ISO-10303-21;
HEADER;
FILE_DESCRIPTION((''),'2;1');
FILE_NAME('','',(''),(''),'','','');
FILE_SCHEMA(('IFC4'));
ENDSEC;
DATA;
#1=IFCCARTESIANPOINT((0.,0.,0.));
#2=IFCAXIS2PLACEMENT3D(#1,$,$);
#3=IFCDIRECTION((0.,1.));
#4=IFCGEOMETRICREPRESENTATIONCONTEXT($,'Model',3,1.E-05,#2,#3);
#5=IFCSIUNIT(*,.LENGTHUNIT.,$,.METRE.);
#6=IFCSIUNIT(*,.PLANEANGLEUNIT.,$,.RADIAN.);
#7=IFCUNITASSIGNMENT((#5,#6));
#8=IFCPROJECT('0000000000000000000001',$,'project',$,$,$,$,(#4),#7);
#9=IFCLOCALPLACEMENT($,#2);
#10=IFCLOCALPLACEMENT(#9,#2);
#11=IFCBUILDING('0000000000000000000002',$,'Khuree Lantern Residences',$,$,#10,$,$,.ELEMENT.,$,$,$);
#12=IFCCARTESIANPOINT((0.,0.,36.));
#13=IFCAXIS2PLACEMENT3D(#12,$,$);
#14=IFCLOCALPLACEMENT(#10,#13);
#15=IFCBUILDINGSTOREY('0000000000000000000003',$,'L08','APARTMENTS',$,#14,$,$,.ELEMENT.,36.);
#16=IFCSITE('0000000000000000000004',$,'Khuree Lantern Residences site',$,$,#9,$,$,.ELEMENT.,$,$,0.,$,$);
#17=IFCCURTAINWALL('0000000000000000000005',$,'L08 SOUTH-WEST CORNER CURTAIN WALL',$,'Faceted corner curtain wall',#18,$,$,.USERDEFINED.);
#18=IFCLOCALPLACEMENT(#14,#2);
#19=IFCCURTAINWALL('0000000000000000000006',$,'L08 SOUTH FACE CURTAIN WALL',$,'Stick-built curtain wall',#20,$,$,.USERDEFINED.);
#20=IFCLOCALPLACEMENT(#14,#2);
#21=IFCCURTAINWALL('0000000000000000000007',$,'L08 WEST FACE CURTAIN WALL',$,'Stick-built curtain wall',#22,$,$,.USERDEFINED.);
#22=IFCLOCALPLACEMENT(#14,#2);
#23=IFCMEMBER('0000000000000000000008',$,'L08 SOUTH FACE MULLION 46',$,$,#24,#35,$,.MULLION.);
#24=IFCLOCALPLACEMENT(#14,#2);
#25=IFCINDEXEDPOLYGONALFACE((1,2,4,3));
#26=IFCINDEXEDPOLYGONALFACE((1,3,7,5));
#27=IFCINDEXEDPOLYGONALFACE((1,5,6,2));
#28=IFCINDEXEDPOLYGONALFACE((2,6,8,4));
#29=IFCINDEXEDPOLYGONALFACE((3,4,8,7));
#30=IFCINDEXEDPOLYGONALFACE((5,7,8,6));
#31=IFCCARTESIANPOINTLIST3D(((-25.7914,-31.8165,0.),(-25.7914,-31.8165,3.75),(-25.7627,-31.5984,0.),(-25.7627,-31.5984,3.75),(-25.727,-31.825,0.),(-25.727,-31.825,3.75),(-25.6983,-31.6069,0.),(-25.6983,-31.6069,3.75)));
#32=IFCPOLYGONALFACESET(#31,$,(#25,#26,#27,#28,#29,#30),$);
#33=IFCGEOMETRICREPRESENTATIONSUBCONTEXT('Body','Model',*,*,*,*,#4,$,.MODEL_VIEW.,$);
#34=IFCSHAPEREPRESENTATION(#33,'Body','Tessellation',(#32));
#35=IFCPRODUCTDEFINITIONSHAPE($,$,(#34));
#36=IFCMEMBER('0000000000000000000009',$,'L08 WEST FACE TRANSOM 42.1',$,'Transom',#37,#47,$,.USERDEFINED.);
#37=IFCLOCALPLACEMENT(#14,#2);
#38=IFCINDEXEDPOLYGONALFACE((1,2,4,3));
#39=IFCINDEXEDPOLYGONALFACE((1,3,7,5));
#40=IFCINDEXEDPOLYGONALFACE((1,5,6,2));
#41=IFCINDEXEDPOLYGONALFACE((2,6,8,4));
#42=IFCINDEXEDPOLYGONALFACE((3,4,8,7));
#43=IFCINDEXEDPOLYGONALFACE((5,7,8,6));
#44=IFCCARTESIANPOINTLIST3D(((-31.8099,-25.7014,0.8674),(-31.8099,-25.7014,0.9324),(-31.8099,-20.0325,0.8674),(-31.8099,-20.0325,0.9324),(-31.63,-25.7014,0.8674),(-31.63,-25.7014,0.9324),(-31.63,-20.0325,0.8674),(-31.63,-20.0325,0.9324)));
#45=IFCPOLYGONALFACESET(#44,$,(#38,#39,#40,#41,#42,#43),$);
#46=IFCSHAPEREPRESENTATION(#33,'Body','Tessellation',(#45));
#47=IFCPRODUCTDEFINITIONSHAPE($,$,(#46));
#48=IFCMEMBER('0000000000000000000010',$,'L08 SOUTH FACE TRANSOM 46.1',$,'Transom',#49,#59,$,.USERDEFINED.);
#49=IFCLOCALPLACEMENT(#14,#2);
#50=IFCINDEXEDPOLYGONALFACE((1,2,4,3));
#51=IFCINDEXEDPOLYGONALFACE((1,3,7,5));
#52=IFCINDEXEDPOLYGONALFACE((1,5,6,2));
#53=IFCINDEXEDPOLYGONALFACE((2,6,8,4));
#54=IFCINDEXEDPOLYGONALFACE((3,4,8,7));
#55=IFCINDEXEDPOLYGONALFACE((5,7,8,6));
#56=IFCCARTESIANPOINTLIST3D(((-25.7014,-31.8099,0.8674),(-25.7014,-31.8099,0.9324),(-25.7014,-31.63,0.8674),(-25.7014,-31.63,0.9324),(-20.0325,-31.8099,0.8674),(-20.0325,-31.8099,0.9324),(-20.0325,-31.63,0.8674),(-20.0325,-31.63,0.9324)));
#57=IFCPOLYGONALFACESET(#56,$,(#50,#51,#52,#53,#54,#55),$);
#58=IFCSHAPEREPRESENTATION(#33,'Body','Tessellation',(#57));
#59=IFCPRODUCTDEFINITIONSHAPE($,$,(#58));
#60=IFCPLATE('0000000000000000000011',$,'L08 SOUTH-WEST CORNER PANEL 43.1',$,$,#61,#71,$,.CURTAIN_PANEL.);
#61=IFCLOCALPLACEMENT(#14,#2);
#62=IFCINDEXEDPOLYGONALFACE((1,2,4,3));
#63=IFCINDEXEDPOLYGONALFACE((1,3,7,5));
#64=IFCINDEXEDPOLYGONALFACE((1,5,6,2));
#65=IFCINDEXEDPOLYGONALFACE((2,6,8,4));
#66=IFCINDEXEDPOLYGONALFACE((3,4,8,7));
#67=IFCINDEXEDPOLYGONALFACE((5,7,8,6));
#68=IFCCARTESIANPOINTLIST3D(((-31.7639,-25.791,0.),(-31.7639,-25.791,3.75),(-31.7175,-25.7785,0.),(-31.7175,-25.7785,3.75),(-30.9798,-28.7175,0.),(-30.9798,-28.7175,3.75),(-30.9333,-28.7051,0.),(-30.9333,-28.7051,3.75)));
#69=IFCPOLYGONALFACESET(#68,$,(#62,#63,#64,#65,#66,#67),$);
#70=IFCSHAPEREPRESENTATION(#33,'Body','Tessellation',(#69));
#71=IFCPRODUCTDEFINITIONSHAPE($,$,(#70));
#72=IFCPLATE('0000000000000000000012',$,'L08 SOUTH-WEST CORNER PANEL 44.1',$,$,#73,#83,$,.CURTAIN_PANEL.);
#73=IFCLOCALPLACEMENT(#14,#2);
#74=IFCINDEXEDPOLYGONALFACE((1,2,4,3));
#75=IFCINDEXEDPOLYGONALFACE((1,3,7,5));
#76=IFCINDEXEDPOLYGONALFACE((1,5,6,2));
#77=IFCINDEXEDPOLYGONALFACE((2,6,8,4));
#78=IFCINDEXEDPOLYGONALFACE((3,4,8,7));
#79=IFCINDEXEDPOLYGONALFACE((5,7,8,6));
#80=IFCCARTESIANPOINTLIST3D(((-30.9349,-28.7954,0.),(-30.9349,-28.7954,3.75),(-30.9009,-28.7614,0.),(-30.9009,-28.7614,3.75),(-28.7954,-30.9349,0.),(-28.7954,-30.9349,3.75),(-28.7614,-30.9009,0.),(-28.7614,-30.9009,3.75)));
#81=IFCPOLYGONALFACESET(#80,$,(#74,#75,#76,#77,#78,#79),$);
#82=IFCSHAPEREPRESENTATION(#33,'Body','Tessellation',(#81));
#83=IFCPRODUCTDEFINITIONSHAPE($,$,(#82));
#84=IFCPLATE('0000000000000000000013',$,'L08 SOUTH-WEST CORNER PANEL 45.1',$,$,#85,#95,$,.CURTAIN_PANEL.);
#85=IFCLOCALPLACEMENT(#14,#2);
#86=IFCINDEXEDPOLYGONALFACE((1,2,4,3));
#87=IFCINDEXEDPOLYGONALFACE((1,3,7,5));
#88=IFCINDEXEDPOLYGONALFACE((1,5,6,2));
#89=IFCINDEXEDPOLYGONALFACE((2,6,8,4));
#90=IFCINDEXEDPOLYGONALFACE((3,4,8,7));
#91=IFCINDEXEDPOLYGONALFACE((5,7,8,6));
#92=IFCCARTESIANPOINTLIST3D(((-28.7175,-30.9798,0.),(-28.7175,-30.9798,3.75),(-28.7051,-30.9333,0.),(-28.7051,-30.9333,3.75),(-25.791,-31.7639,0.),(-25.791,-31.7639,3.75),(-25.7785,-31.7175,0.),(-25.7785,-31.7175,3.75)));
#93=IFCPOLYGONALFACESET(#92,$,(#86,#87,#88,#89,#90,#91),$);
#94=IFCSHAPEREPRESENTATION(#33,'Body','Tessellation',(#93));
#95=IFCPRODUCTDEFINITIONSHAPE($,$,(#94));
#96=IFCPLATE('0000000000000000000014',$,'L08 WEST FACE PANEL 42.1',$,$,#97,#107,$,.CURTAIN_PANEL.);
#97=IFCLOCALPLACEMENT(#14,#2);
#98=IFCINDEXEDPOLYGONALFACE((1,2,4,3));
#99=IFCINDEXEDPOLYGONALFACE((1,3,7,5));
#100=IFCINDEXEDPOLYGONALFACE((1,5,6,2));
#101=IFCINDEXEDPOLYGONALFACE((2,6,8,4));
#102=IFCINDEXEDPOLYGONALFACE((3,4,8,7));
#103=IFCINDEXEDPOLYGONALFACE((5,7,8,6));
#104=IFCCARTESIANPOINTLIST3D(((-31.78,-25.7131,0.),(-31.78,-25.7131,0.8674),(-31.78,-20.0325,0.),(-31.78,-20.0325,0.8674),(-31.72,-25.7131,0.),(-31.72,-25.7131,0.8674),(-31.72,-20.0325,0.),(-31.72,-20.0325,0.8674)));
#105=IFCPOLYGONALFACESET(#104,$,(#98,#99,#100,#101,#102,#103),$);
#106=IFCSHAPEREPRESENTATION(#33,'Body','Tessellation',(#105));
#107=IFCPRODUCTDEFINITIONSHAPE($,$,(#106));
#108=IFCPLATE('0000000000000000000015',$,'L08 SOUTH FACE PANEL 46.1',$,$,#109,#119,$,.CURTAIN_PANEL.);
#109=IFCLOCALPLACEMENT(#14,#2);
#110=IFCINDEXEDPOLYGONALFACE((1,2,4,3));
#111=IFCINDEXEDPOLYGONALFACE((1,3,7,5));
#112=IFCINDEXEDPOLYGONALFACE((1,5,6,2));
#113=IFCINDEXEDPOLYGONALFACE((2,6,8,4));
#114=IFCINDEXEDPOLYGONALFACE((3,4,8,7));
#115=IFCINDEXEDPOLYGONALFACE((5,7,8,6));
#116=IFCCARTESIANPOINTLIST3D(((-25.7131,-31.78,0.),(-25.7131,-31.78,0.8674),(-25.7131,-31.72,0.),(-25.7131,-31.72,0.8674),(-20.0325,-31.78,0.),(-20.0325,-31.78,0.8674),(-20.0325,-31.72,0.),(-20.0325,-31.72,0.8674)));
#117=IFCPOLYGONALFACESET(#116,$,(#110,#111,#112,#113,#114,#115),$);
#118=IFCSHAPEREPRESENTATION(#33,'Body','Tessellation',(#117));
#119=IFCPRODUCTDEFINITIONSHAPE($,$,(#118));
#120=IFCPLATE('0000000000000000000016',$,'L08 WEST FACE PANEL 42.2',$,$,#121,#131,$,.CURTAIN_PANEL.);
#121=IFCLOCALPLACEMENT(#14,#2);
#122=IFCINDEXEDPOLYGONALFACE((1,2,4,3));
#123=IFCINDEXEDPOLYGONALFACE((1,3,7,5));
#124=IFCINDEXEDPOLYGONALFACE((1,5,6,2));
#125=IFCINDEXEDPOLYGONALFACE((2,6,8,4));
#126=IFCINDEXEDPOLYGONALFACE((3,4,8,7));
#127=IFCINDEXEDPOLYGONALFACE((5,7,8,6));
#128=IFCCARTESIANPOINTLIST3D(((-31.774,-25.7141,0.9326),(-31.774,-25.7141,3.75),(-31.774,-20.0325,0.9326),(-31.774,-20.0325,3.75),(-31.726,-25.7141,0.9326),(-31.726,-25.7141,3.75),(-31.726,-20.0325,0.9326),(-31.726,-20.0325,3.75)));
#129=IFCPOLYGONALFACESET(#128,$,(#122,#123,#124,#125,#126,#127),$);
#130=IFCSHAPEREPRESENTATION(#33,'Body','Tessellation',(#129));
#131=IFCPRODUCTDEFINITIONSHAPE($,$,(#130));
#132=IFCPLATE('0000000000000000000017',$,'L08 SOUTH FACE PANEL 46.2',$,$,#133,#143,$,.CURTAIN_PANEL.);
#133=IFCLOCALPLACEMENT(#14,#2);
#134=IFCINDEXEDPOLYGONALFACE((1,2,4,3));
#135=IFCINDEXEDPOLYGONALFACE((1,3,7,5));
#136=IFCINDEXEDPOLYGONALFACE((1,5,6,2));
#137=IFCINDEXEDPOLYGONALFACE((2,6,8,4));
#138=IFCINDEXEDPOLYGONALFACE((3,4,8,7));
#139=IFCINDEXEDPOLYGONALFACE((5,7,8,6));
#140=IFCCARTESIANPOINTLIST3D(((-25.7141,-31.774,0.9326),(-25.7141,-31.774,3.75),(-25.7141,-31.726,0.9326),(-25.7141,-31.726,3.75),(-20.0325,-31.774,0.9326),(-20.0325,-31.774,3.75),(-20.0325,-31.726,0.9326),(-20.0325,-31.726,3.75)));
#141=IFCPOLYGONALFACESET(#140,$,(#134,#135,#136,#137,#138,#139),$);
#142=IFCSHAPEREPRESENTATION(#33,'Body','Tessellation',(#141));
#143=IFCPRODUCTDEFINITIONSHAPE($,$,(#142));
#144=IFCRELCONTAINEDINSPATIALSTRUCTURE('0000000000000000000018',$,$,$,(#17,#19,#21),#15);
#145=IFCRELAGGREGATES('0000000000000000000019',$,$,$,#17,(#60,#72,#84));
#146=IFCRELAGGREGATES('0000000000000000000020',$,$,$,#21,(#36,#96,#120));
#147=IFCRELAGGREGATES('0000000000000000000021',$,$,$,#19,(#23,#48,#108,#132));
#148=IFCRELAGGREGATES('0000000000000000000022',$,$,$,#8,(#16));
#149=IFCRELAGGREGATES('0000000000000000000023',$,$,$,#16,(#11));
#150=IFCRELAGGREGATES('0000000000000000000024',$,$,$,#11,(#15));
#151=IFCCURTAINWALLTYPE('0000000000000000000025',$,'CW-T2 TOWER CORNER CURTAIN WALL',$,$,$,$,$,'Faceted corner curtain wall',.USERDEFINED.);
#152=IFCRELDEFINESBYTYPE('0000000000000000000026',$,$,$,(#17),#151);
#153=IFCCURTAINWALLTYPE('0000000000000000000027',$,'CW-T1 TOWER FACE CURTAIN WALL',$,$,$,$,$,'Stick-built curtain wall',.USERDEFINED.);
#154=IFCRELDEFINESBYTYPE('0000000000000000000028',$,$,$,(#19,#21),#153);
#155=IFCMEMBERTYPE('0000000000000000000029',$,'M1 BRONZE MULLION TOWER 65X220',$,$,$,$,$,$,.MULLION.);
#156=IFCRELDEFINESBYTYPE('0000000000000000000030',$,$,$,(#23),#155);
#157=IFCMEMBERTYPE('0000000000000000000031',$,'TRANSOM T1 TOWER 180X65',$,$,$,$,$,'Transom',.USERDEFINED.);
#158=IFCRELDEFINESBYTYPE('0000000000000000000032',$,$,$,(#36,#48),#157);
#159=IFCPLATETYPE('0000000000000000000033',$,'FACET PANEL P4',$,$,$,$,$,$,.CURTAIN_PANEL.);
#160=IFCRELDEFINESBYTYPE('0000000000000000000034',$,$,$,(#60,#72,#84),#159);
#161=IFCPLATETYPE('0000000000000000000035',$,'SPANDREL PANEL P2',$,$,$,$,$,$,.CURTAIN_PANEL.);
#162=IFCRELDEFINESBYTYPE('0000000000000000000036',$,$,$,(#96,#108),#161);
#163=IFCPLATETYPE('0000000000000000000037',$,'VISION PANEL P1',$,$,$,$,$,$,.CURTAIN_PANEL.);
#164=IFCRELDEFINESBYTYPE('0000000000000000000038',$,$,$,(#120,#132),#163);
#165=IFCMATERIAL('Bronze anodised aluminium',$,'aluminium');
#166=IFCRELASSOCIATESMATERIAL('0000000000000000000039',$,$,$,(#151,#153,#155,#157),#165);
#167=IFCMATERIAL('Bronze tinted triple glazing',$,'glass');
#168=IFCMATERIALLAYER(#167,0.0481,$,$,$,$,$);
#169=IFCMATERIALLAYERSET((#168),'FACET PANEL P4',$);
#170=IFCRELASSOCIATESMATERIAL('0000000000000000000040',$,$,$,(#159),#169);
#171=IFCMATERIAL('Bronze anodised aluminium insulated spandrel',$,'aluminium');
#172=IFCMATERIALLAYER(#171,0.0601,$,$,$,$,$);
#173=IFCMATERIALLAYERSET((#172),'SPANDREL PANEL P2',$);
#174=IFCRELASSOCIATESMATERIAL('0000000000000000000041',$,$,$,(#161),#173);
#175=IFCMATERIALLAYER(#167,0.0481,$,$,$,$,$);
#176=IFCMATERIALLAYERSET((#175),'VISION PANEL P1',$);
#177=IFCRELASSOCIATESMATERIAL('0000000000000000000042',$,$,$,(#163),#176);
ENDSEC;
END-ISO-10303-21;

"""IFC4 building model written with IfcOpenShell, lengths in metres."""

from ifc_helpers import new_model, si_unit, direction, frame, origin, origin_2d, place, context, subcontext, project, spatial, rectangle, extrude, material, layer, layer_set, material_profile, profile_set, type_object, element, aggregate, save


model = new_model("IFC4")

# Units and contexts
model_context = context("Model", 3, precision=1e-05, world=origin(), true_north=direction((0.0, 1.0)))
body_context = subcontext(model_context, "Body", "Model", "MODEL_VIEW")
ifc_project = project(units=[si_unit("LENGTHUNIT", "METRE"), si_unit("PLANEANGLEUNIT", "RADIAN")], contexts=[model_context])

# Site, building, storey
site_placement = place(None, origin())
site = spatial("IfcSite", under=ifc_project, at=site_placement, Name="Khuree Lantern Residences site", CompositionType="ELEMENT", RefElevation=0.0)
building_placement = place(site_placement, origin())
building = spatial("IfcBuilding", under=site, at=building_placement, Name="Khuree Lantern Residences", CompositionType="ELEMENT")
storey_placement = place(building_placement, frame((0.0, 0.0, 36.0)))
storey = spatial("IfcBuildingStorey", under=building, at=storey_placement, Name="L08", Description="APARTMENTS", CompositionType="ELEMENT", Elevation=36.0)

# Curtain walls
ifc_material_1 = material(Name="Bronze anodised aluminium", Category="aluminium")
curtain_wall_type_1 = type_object("IfcCurtainWallType", Name="CW-T2 TOWER CORNER CURTAIN WALL", ElementType="Faceted corner curtain wall", PredefinedType="USERDEFINED", material=ifc_material_1)
curtain_wall_1_placement = place(storey_placement, origin())
curtain_wall_1 = element("IfcCurtainWall", 1, at=curtain_wall_1_placement, inside=storey, type_object=curtain_wall_type_1, Name="L08 SOUTH-WEST CORNER CURTAIN WALL", ObjectType="Faceted corner curtain wall", PredefinedType="USERDEFINED")
curtain_wall_type_2 = type_object("IfcCurtainWallType", Name="CW-T1 TOWER FACE CURTAIN WALL", ElementType="Stick-built curtain wall", PredefinedType="USERDEFINED", material=ifc_material_1)
curtain_wall_2_placement = place(storey_placement, origin())
curtain_wall_2 = element("IfcCurtainWall", 2, at=curtain_wall_2_placement, inside=storey, type_object=curtain_wall_type_2, Name="L08 SOUTH FACE CURTAIN WALL", ObjectType="Stick-built curtain wall", PredefinedType="USERDEFINED")

# Curtain wall
curtain_wall_3_placement = place(storey_placement, origin())
curtain_wall_3 = element("IfcCurtainWall", 3, at=curtain_wall_3_placement, inside=storey, type_object=curtain_wall_type_2, Name="L08 WEST FACE CURTAIN WALL", ObjectType="Stick-built curtain wall", PredefinedType="USERDEFINED")
ifc_material_profile_1 = material_profile(ifc_material_1, rectangle(XDim=0.0649, YDim=0.22, at=origin_2d()), Name="M1 65X220")
ifc_profile_set_1 = profile_set([ifc_material_profile_1], Name="Bronze anodised aluminium")
member_type_1 = type_object("IfcMemberType", Name="M1 BRONZE MULLION TOWER 65X220", PredefinedType="MULLION", material=ifc_profile_set_1)

# Members
member_1_placement = place(storey_placement, frame((-25.7449, -31.7117, 0.0), z_axis=(0.0, 0.0, 1.0), x_axis=(0.991445, -0.130526, 0.0)))
member_1 = element("IfcMember", 4, at=member_1_placement, type_object=member_type_1, Name="L08 SOUTH FACE MULLION 46", PredefinedType="MULLION", context=body_context, shape_type="SweptSolid", body=[
    extrude(rectangle(XDim=0.0649, YDim=0.22, at=origin_2d()), origin(), (0.0, 0.0, 1.0), 3.75),
])
ifc_material_profile_2 = material_profile(ifc_material_1, rectangle(XDim=0.1799, YDim=0.0649, at=origin_2d()), Name="T1 180X65")
ifc_profile_set_2 = profile_set([ifc_material_profile_2], Name="Bronze anodised aluminium")
member_type_2 = type_object("IfcMemberType", Name="TRANSOM T1 TOWER 180X65", ElementType="Transom", PredefinedType="USERDEFINED", material=ifc_profile_set_2)
member_2_placement = place(storey_placement, frame((-31.72, -20.0325, 0.8999), z_axis=(0.0, -1.0, 0.0), x_axis=(1.0, 0.0, 0.0)))
member_2 = element("IfcMember", 5, at=member_2_placement, type_object=member_type_2, Name="L08 WEST FACE TRANSOM 42.1", ObjectType="Transom", PredefinedType="USERDEFINED", context=body_context, shape_type="SweptSolid", body=[
    extrude(rectangle(XDim=0.1799, YDim=0.0649, at=origin_2d()), origin(), (0.0, 0.0, 1.0), 5.6689),
])
member_3_placement = place(storey_placement, frame((-25.7014, -31.72, 0.8999), z_axis=(1.0, 0.0, 0.0), x_axis=(0.0, 1.0, 0.0)))
member_3 = element("IfcMember", 6, at=member_3_placement, type_object=member_type_2, Name="L08 SOUTH FACE TRANSOM 46.1", ObjectType="Transom", PredefinedType="USERDEFINED", context=body_context, shape_type="SweptSolid", body=[
    extrude(rectangle(XDim=0.1799, YDim=0.0649, at=origin_2d()), origin(), (0.0, 0.0, 1.0), 5.6689),
])

# Plates
ifc_material_2 = material(Name="Bronze tinted triple glazing", Category="glass")
ifc_layer_1 = layer(ifc_material_2, 0.0481)
ifc_layer_set_1 = layer_set([ifc_layer_1], Name="FACET PANEL P4")
plate_type_1 = type_object("IfcPlateType", Name="FACET PANEL P4", PredefinedType="CURTAIN_PANEL", material=ifc_layer_set_1)
plate_1_placement = place(storey_placement, frame((-31.3486, -27.248, 0.0), z_axis=(0.0, 0.0, 1.0), x_axis=(0.258819, -0.965926, 0.0)))
plate_1 = element("IfcPlate", 7, at=plate_1_placement, type_object=plate_type_1, Name="L08 SOUTH-WEST CORNER PANEL 43.1", PredefinedType="CURTAIN_PANEL", context=body_context, shape_type="SweptSolid", body=[
    extrude(rectangle(XDim=3.0298, YDim=0.0481, at=origin_2d()), origin(), (0.0, 0.0, 1.0), 3.75),
])
plate_2_placement = place(storey_placement, frame((-29.8481, -29.8481, 0.0), z_axis=(0.0, 0.0, 1.0), x_axis=(0.707107, -0.707107, 0.0)))
plate_2 = element("IfcPlate", 8, at=plate_2_placement, type_object=plate_type_1, Name="L08 SOUTH-WEST CORNER PANEL 44.1", PredefinedType="CURTAIN_PANEL", context=body_context, shape_type="SweptSolid", body=[
    extrude(rectangle(XDim=3.0256, YDim=0.0481, at=origin_2d()), origin(), (0.0, 0.0, 1.0), 3.75),
])
plate_3_placement = place(storey_placement, frame((-27.248, -31.3486, 0.0), z_axis=(0.0, 0.0, 1.0), x_axis=(0.965926, -0.258819, 0.0)))
plate_3 = element("IfcPlate", 9, at=plate_3_placement, type_object=plate_type_1, Name="L08 SOUTH-WEST CORNER PANEL 45.1", PredefinedType="CURTAIN_PANEL", context=body_context, shape_type="SweptSolid", body=[
    extrude(rectangle(XDim=3.0298, YDim=0.0481, at=origin_2d()), origin(), (0.0, 0.0, 1.0), 3.75),
])
aggregate(curtain_wall_1, [plate_1, plate_2, plate_3])
ifc_material_3 = material(Name="Bronze anodised aluminium insulated spandrel", Category="aluminium")
ifc_layer_2 = layer(ifc_material_3, 0.0601)
ifc_layer_set_2 = layer_set([ifc_layer_2], Name="SPANDREL PANEL P2")
plate_type_2 = type_object("IfcPlateType", Name="SPANDREL PANEL P2", PredefinedType="CURTAIN_PANEL", material=ifc_layer_set_2)
plate_4_placement = place(storey_placement, frame((-31.75, -22.8728, 0.0), z_axis=(0.0, 0.0, 1.0), x_axis=(0.0, -1.0, 0.0)))
plate_4 = element("IfcPlate", 10, at=plate_4_placement, type_object=plate_type_2, Name="L08 WEST FACE PANEL 42.1", PredefinedType="CURTAIN_PANEL", context=body_context, shape_type="SweptSolid", body=[
    extrude(rectangle(XDim=5.6807, YDim=0.0601, at=origin_2d()), origin(), (0.0, 0.0, 1.0), 0.8674),
])
plate_5_placement = place(storey_placement, frame((-22.8728, -31.75, 0.0), z_axis=(0.0, 0.0, 1.0), x_axis=(1.0, 0.0, 0.0)))
plate_5 = element("IfcPlate", 11, at=plate_5_placement, type_object=plate_type_2, Name="L08 SOUTH FACE PANEL 46.1", PredefinedType="CURTAIN_PANEL", context=body_context, shape_type="SweptSolid", body=[
    extrude(rectangle(XDim=5.6807, YDim=0.0601, at=origin_2d()), origin(), (0.0, 0.0, 1.0), 0.8674),
])
ifc_layer_3 = layer(ifc_material_2, 0.0481)
ifc_layer_set_3 = layer_set([ifc_layer_3], Name="VISION PANEL P1")
plate_type_3 = type_object("IfcPlateType", Name="VISION PANEL P1", PredefinedType="CURTAIN_PANEL", material=ifc_layer_set_3)
plate_6_placement = place(storey_placement, frame((-31.75, -22.8733, 0.9326), z_axis=(0.0, 0.0, 1.0), x_axis=(0.0, -1.0, 0.0)))
plate_6 = element("IfcPlate", 12, at=plate_6_placement, type_object=plate_type_3, Name="L08 WEST FACE PANEL 42.2", PredefinedType="CURTAIN_PANEL", context=body_context, shape_type="SweptSolid", body=[
    extrude(rectangle(XDim=5.6816, YDim=0.0481, at=origin_2d()), origin(), (0.0, 0.0, 1.0), 2.8174),
])
aggregate(curtain_wall_3, [member_2, plate_4, plate_6])
plate_7_placement = place(storey_placement, frame((-22.8733, -31.75, 0.9326), z_axis=(0.0, 0.0, 1.0), x_axis=(1.0, 0.0, 0.0)))
plate_7 = element("IfcPlate", 13, at=plate_7_placement, type_object=plate_type_3, Name="L08 SOUTH FACE PANEL 46.2", PredefinedType="CURTAIN_PANEL", context=body_context, shape_type="SweptSolid", body=[
    extrude(rectangle(XDim=5.6816, YDim=0.0481, at=origin_2d()), origin(), (0.0, 0.0, 1.0), 2.8174),
])
aggregate(curtain_wall_2, [member_1, member_3, plate_5, plate_7])

save(model, "model.ifc")
